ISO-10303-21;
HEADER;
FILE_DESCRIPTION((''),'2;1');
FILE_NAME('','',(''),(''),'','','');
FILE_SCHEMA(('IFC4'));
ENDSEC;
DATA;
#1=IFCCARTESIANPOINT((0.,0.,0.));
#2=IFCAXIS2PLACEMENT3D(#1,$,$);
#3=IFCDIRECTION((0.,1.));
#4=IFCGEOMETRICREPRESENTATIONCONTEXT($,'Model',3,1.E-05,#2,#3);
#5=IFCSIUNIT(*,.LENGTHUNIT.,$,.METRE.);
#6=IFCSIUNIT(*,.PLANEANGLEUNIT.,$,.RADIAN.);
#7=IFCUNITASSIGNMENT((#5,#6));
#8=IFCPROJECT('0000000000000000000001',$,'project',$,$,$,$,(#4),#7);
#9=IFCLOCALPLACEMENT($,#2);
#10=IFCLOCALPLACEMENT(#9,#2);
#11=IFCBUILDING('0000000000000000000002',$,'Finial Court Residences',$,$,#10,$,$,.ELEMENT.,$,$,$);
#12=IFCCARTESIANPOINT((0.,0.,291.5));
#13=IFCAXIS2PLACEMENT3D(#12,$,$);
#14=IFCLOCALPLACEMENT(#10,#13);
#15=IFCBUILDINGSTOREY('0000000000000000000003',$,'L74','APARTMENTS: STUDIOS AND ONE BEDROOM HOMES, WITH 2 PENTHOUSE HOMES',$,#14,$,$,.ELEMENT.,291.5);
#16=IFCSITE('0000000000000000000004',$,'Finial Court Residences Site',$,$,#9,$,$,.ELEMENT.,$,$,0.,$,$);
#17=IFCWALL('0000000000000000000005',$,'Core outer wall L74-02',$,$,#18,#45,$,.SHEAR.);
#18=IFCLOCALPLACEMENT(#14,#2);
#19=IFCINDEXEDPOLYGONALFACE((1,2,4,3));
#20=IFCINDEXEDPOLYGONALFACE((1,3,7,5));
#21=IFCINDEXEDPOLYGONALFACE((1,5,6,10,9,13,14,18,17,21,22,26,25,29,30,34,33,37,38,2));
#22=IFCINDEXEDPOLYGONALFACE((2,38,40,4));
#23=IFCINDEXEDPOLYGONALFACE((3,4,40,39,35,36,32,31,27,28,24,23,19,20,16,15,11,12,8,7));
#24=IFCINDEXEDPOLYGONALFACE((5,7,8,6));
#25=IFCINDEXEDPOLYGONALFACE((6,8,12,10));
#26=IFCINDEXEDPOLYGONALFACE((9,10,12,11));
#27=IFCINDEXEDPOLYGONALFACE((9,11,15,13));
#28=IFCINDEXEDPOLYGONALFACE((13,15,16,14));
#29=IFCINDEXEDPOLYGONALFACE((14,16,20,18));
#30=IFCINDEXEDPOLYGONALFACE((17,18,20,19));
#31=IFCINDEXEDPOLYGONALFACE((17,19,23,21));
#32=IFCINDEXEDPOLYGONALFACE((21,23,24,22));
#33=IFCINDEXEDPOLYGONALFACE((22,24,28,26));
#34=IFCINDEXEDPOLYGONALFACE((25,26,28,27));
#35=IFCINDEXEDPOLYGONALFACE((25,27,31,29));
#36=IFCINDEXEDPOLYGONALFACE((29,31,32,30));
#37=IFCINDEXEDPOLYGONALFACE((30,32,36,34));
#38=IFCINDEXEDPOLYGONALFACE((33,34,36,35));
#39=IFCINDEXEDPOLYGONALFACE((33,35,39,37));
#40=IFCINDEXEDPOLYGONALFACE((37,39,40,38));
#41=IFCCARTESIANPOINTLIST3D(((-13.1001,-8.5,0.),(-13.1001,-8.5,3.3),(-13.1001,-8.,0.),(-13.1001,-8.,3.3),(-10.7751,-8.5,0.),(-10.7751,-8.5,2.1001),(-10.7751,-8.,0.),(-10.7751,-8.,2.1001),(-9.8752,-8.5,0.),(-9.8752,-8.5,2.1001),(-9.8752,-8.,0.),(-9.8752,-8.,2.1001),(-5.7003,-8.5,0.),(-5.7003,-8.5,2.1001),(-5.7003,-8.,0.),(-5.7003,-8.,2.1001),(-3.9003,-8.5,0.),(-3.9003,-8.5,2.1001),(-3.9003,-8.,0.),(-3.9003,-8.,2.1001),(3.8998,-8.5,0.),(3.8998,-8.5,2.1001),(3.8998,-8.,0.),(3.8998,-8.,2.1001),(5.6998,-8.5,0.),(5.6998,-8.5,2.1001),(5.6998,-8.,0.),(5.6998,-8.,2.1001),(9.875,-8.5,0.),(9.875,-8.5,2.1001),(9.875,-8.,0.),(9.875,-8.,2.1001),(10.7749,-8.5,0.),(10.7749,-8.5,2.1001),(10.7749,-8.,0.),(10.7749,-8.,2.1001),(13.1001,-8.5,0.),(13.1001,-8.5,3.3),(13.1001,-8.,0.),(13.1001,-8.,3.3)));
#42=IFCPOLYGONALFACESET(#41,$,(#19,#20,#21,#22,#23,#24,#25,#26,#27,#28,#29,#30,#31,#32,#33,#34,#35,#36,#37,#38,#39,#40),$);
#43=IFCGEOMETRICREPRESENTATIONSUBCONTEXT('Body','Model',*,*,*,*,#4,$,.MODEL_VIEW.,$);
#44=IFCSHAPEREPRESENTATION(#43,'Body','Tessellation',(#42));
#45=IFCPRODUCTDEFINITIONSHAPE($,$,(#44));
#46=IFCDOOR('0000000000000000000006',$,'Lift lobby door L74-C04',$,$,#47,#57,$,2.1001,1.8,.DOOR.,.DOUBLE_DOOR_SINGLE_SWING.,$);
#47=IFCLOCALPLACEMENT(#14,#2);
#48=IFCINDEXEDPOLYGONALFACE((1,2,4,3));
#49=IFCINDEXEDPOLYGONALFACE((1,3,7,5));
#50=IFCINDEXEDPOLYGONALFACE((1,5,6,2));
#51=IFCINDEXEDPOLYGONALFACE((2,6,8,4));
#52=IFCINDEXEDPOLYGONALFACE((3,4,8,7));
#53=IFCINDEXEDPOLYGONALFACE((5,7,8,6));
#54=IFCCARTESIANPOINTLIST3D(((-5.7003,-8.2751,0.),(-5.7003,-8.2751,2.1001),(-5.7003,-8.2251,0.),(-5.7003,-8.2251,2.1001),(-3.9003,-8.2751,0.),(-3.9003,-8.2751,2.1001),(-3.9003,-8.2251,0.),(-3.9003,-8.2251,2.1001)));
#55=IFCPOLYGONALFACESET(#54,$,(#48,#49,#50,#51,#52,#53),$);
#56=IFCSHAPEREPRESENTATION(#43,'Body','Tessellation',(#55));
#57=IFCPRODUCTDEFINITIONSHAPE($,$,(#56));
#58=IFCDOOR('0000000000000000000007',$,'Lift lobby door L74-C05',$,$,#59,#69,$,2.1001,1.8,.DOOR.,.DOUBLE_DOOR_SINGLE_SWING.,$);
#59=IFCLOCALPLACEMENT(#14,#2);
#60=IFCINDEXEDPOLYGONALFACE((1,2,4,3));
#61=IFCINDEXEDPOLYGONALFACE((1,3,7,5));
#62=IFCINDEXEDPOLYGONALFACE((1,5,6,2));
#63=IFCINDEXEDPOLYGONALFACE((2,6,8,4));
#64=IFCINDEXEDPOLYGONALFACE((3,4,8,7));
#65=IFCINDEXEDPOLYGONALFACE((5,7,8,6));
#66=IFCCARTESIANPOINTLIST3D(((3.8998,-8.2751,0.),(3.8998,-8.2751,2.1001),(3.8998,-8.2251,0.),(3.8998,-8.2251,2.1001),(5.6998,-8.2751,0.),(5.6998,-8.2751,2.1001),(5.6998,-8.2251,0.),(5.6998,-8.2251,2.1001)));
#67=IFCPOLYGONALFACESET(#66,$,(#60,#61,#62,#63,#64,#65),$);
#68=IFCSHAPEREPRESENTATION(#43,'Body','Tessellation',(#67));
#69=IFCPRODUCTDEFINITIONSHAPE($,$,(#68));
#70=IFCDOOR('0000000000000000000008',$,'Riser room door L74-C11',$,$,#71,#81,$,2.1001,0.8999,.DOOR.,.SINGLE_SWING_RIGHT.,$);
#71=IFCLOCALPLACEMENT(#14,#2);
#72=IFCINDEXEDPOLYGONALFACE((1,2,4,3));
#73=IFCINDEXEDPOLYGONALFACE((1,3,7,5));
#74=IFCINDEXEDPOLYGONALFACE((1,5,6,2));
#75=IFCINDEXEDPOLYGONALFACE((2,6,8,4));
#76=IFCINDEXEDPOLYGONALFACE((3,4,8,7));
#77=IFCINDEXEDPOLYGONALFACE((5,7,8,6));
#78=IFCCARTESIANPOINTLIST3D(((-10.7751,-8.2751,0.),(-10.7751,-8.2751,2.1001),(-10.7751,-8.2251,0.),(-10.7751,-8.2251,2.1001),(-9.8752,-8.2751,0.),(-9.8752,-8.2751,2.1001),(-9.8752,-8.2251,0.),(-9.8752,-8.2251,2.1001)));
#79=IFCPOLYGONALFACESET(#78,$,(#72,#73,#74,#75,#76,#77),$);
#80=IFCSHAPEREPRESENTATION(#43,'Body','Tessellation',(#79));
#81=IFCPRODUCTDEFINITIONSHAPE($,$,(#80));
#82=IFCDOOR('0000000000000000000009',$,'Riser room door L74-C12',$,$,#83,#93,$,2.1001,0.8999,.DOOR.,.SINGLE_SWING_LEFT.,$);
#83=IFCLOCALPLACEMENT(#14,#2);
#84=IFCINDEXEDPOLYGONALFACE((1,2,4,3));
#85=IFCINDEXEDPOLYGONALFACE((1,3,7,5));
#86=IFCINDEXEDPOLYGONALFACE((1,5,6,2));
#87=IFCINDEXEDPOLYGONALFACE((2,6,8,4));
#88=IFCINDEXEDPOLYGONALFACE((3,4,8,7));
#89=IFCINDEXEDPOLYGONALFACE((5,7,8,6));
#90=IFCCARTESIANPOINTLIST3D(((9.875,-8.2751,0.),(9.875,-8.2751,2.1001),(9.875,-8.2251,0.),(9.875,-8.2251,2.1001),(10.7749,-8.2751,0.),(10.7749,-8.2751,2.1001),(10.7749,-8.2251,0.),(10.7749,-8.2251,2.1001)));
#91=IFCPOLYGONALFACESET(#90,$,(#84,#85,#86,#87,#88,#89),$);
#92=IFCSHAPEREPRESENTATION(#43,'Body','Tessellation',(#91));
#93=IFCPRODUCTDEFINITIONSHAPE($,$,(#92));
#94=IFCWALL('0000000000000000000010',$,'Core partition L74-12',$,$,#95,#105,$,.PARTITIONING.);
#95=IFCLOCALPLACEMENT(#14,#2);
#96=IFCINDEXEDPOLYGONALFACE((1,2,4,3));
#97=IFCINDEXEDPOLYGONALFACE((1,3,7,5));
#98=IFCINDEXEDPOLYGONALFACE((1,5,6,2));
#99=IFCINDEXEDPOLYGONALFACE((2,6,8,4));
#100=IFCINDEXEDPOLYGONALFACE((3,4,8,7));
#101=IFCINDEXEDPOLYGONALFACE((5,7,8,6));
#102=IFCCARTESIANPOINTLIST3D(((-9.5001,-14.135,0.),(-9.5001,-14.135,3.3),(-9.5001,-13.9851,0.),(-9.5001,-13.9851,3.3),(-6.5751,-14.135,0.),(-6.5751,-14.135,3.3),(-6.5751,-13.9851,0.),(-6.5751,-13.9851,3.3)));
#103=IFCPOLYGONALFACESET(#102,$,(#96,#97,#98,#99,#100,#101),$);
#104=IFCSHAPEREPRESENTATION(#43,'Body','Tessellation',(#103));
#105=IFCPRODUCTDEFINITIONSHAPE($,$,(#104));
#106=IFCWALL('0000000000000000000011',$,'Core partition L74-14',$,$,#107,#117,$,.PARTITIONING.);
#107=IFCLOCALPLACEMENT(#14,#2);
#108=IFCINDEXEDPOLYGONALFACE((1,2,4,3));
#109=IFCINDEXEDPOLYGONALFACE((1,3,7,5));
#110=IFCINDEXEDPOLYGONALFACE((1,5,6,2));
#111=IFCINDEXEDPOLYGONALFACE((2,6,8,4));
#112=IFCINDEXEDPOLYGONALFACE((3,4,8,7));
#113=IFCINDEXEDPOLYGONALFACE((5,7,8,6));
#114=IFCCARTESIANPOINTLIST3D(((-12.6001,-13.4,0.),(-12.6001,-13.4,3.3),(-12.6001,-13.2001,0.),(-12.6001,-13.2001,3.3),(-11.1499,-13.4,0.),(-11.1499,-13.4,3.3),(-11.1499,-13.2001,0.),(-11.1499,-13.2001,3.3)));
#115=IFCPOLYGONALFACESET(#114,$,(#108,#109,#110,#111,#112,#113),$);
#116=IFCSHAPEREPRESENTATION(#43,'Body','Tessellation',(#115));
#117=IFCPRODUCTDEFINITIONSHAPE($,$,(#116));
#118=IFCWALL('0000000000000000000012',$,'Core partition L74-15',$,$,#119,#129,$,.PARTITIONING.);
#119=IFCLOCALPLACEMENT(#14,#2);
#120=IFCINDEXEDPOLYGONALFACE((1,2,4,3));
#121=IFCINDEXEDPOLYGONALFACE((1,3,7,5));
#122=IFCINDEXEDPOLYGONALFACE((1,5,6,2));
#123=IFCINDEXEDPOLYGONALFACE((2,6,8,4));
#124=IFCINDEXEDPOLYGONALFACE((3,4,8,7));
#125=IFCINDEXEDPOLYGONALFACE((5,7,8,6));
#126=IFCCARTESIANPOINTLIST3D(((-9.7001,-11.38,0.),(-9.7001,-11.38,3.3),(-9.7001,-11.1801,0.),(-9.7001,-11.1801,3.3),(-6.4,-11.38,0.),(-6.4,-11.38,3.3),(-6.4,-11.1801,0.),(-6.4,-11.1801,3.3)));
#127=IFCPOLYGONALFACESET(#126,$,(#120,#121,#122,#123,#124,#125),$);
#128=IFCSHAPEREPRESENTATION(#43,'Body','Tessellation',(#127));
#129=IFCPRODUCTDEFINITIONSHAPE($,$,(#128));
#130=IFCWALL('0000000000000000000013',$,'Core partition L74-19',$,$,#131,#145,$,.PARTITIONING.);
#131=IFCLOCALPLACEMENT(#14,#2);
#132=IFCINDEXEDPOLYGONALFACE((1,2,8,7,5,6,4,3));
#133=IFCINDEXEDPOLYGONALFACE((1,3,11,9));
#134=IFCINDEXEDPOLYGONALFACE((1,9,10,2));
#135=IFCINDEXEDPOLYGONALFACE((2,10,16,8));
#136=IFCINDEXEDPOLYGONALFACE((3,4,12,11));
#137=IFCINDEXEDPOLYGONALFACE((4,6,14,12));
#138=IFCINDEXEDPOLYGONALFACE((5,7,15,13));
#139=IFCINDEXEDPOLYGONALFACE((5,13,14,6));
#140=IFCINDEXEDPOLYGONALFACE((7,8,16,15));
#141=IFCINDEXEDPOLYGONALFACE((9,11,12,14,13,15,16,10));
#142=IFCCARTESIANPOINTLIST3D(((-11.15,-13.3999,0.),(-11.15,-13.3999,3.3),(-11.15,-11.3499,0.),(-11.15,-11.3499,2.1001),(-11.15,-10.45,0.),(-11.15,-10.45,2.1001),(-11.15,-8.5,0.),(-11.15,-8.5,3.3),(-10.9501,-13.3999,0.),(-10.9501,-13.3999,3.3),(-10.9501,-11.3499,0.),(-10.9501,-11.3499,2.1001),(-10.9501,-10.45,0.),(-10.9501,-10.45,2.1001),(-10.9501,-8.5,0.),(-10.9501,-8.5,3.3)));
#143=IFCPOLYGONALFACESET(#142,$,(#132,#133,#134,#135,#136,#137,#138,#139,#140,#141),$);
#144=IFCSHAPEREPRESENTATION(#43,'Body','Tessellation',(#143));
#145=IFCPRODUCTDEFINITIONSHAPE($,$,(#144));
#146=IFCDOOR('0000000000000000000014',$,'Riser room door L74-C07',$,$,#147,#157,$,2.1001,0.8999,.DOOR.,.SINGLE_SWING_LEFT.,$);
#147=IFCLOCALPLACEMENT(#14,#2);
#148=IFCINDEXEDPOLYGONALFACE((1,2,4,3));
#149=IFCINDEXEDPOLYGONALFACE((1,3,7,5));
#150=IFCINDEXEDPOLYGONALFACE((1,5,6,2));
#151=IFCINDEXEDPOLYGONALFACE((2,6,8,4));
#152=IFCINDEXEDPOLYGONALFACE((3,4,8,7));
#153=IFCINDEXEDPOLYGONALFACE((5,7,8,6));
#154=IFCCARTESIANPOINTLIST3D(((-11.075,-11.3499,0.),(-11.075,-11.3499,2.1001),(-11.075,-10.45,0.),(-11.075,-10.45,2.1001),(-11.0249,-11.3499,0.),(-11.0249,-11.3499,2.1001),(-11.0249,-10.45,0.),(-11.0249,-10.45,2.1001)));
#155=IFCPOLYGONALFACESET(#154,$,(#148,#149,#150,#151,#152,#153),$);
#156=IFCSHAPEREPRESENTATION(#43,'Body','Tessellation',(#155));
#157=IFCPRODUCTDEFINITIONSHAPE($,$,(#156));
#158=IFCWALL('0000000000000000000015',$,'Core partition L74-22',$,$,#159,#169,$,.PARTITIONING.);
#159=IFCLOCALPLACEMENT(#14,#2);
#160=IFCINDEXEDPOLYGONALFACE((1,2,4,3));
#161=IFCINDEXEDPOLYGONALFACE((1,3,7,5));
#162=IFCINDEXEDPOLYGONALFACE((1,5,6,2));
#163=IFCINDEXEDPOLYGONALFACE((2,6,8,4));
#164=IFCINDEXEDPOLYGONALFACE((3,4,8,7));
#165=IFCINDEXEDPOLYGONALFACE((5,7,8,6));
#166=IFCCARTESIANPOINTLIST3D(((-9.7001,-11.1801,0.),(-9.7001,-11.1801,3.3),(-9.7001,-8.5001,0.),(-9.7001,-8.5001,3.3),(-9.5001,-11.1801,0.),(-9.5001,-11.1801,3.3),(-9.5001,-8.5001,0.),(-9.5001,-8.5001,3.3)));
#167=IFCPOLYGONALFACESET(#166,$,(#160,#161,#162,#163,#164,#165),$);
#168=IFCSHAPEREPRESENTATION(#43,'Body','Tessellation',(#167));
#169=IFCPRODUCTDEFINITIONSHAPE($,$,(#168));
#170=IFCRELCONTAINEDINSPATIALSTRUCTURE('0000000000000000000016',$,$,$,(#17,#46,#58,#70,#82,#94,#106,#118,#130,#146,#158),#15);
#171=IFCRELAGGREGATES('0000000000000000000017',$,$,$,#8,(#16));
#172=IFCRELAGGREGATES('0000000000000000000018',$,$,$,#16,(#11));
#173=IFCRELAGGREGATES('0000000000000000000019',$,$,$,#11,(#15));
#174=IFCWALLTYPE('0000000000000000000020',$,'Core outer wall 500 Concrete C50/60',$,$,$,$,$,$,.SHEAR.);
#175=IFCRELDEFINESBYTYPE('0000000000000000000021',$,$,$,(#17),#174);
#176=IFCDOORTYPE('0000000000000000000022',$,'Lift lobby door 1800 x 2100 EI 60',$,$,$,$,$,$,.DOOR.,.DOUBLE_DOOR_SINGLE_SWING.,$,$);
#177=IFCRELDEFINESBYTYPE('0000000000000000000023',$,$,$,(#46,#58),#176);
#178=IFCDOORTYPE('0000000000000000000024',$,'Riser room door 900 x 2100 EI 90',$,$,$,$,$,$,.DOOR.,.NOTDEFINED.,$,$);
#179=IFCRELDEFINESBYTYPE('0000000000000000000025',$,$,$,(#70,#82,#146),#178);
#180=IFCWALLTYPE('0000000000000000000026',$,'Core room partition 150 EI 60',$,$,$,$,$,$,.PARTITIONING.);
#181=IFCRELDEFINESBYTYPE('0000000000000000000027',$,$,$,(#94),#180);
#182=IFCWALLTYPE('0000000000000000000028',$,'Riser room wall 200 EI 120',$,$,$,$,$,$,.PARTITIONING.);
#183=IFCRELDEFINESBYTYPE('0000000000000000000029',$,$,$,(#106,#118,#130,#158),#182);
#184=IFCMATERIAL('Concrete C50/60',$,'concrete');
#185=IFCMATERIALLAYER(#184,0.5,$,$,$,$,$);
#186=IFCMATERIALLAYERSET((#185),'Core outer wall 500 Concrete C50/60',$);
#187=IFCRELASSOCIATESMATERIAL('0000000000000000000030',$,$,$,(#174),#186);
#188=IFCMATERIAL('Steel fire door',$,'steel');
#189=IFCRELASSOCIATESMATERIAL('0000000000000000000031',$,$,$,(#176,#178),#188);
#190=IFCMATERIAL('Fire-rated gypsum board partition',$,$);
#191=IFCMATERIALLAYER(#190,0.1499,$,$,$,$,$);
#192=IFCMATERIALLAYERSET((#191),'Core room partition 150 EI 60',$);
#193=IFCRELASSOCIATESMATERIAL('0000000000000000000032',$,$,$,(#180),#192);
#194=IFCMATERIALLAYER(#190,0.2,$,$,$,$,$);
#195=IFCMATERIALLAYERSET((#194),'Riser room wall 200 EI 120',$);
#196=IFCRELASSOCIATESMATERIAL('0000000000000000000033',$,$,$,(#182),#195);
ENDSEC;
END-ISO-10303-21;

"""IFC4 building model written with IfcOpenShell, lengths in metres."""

from ifc_helpers import new_model, si_unit, direction, frame, frame_2d, origin, place, context, subcontext, project, spatial, rectangle, extrude, material, layer, layer_set, type_object, element, fill, save


model = new_model("IFC4")

# Units and contexts
model_context = context("Model", 3, precision=1e-05, world=origin(), true_north=direction((0.0, 1.0)))
body_context = subcontext(model_context, "Body", "Model", "MODEL_VIEW")
ifc_project = project(units=[si_unit("LENGTHUNIT", "METRE"), si_unit("PLANEANGLEUNIT", "RADIAN")], contexts=[model_context])

# Site, building, storey
site_placement = place(None, origin())
site = spatial("IfcSite", under=ifc_project, at=site_placement, Name="Finial Court Residences Site", CompositionType="ELEMENT", RefElevation=0.0)
building_placement = place(site_placement, origin())
building = spatial("IfcBuilding", under=site, at=building_placement, Name="Finial Court Residences", CompositionType="ELEMENT")
storey_placement = place(building_placement, frame((0.0, 0.0, 291.5)))
storey = spatial("IfcBuildingStorey", under=building, at=storey_placement, Name="L74", Description="APARTMENTS: STUDIOS AND ONE BEDROOM HOMES, WITH 2 PENTHOUSE HOMES", CompositionType="ELEMENT", Elevation=291.5)

# Wall, openings, doors
ifc_material_1 = material(Name="Concrete C50/60", Category="concrete")
ifc_layer_1 = layer(ifc_material_1, 0.5)
ifc_layer_set_1 = layer_set([ifc_layer_1], Name="Core outer wall 500 Concrete C50/60")
wall_type_1 = type_object("IfcWallType", Name="Core outer wall 500 Concrete C50/60", PredefinedType="SHEAR", material=ifc_layer_set_1)
wall_1_placement = place(storey_placement, frame((-13.1001, -8.25, 0.0), z_axis=(0.0, 0.0, 1.0), x_axis=(1.0, 0.0, 0.0)))
wall_1 = element("IfcWall", 1, at=wall_1_placement, inside=storey, type_object=wall_type_1, Name="Core outer wall L74-02", PredefinedType="SHEAR", context=body_context, shape_type="SweptSolid", body=[
    extrude(rectangle(XDim=26.2002, YDim=0.5, at=frame_2d((13.1001, 0.0))), origin(), (0.0, 0.0, 1.0), 3.3),
])
opening_1_placement = place(wall_1_placement, frame((7.3999, 0.0, 0.0)))
opening_1 = element("IfcOpeningElement", 2, at=opening_1_placement, cuts=wall_1, PredefinedType="OPENING", context=body_context, shape_type="SweptSolid", body=[
    extrude(rectangle(XDim=1.8, YDim=2.1001, at=frame_2d((0.8999, 1.05))), frame((0.0, 0.26, 0.0), z_axis=(0.0, -1.0, 0.0), x_axis=(1.0, 0.0, 0.0)), (0.0, 0.0, 1.0), 0.52),
])
opening_2_placement = place(wall_1_placement, frame((17.0, 0.0, 0.0)))
opening_2 = element("IfcOpeningElement", 3, at=opening_2_placement, cuts=wall_1, PredefinedType="OPENING", context=body_context, shape_type="SweptSolid", body=[
    extrude(rectangle(XDim=1.8, YDim=2.1001, at=frame_2d((0.8999, 1.05))), frame((0.0, 0.26, 0.0), z_axis=(0.0, -1.0, 0.0), x_axis=(1.0, 0.0, 0.0)), (0.0, 0.0, 1.0), 0.52),
])
opening_3_placement = place(wall_1_placement, frame((2.325, 0.0, 0.0)))
opening_3 = element("IfcOpeningElement", 4, at=opening_3_placement, cuts=wall_1, PredefinedType="OPENING", context=body_context, shape_type="SweptSolid", body=[
    extrude(rectangle(XDim=0.8999, YDim=2.1001, at=frame_2d((0.45, 1.05))), frame((0.0, 0.26, 0.0), z_axis=(0.0, -1.0, 0.0), x_axis=(1.0, 0.0, 0.0)), (0.0, 0.0, 1.0), 0.52),
])
opening_4_placement = place(wall_1_placement, frame((22.9751, 0.0, 0.0)))
opening_4 = element("IfcOpeningElement", 5, at=opening_4_placement, cuts=wall_1, PredefinedType="OPENING", context=body_context, shape_type="SweptSolid", body=[
    extrude(rectangle(XDim=0.8999, YDim=2.1001, at=frame_2d((0.45, 1.05))), frame((0.0, 0.26, 0.0), z_axis=(0.0, -1.0, 0.0), x_axis=(1.0, 0.0, 0.0)), (0.0, 0.0, 1.0), 0.52),
])
ifc_material_2 = material(Name="Steel fire door", Category="steel")
door_type_1 = type_object("IfcDoorType", Name="Lift lobby door 1800 x 2100 EI 60", OperationType="DOUBLE_DOOR_SINGLE_SWING", PredefinedType="DOOR", material=ifc_material_2)
door_1_placement = place(opening_1_placement, origin())
door_1 = element("IfcDoor", 6, at=door_1_placement, inside=storey, type_object=door_type_1, Name="Lift lobby door L74-C04", OperationType="DOUBLE_DOOR_SINGLE_SWING", OverallHeight=2.1001, OverallWidth=1.8, PredefinedType="DOOR", context=body_context, shape_type="SweptSolid", body=[
    extrude(rectangle(XDim=1.8, YDim=2.1001, at=frame_2d((0.8999, 1.05))), frame((0.0, 0.0249, 0.0), z_axis=(0.0, -1.0, 0.0), x_axis=(1.0, 0.0, 0.0)), (0.0, 0.0, 1.0), 0.05),
])
fill(opening_1, door_1)
door_2_placement = place(opening_2_placement, origin())
door_2 = element("IfcDoor", 7, at=door_2_placement, inside=storey, type_object=door_type_1, Name="Lift lobby door L74-C05", OperationType="DOUBLE_DOOR_SINGLE_SWING", OverallHeight=2.1001, OverallWidth=1.8, PredefinedType="DOOR", context=body_context, shape_type="SweptSolid", body=[
    extrude(rectangle(XDim=1.8, YDim=2.1001, at=frame_2d((0.8999, 1.05))), frame((0.0, 0.0249, 0.0), z_axis=(0.0, -1.0, 0.0), x_axis=(1.0, 0.0, 0.0)), (0.0, 0.0, 1.0), 0.05),
])
fill(opening_2, door_2)
door_type_2 = type_object("IfcDoorType", Name="Riser room door 900 x 2100 EI 90", OperationType="NOTDEFINED", PredefinedType="DOOR", material=ifc_material_2)
door_3_placement = place(opening_3_placement, origin())
door_3 = element("IfcDoor", 8, at=door_3_placement, inside=storey, type_object=door_type_2, Name="Riser room door L74-C11", OperationType="SINGLE_SWING_RIGHT", OverallHeight=2.1001, OverallWidth=0.8999, PredefinedType="DOOR", context=body_context, shape_type="SweptSolid", body=[
    extrude(rectangle(XDim=0.8999, YDim=2.1001, at=frame_2d((0.45, 1.05))), frame((0.0, 0.0249, 0.0), z_axis=(0.0, -1.0, 0.0), x_axis=(1.0, 0.0, 0.0)), (0.0, 0.0, 1.0), 0.05),
])
fill(opening_3, door_3)
door_4_placement = place(opening_4_placement, origin())
door_4 = element("IfcDoor", 9, at=door_4_placement, inside=storey, type_object=door_type_2, Name="Riser room door L74-C12", OperationType="SINGLE_SWING_LEFT", OverallHeight=2.1001, OverallWidth=0.8999, PredefinedType="DOOR", context=body_context, shape_type="SweptSolid", body=[
    extrude(rectangle(XDim=0.8999, YDim=2.1001, at=frame_2d((0.45, 1.05))), frame((0.0, 0.0249, 0.0), z_axis=(0.0, -1.0, 0.0), x_axis=(1.0, 0.0, 0.0)), (0.0, 0.0, 1.0), 0.05),
])
fill(opening_4, door_4)

# Walls
ifc_material_3 = material(Name="Fire-rated gypsum board partition")
ifc_layer_2 = layer(ifc_material_3, 0.1499)
ifc_layer_set_2 = layer_set([ifc_layer_2], Name="Core room partition 150 EI 60")
wall_type_2 = type_object("IfcWallType", Name="Core room partition 150 EI 60", PredefinedType="PARTITIONING", material=ifc_layer_set_2)
wall_2_placement = place(storey_placement, frame((-9.5, -14.0601, 0.0), z_axis=(0.0, 0.0, 1.0), x_axis=(1.0, 0.0, 0.0)))
element("IfcWall", 10, at=wall_2_placement, inside=storey, type_object=wall_type_2, Name="Core partition L74-12", PredefinedType="PARTITIONING", context=body_context, shape_type="SweptSolid", body=[
    extrude(rectangle(XDim=2.925, YDim=0.1499, at=frame_2d((1.4624, 0.0))), origin(), (0.0, 0.0, 1.0), 3.3),
])
ifc_layer_3 = layer(ifc_material_3, 0.2)
ifc_layer_set_3 = layer_set([ifc_layer_3], Name="Riser room wall 200 EI 120")
wall_type_3 = type_object("IfcWallType", Name="Riser room wall 200 EI 120", PredefinedType="PARTITIONING", material=ifc_layer_set_3)
wall_3_placement = place(storey_placement, frame((-12.6001, -13.3, 0.0), z_axis=(0.0, 0.0, 1.0), x_axis=(1.0, 0.0, 0.0)))
element("IfcWall", 11, at=wall_3_placement, inside=storey, type_object=wall_type_3, Name="Core partition L74-14", PredefinedType="PARTITIONING", context=body_context, shape_type="SweptSolid", body=[
    extrude(rectangle(XDim=1.4502, YDim=0.2, at=frame_2d((0.7251, 0.0))), origin(), (0.0, 0.0, 1.0), 3.3),
])
wall_4_placement = place(storey_placement, frame((-9.7, -11.28, 0.0), z_axis=(0.0, 0.0, 1.0), x_axis=(1.0, 0.0, 0.0)))
element("IfcWall", 12, at=wall_4_placement, inside=storey, type_object=wall_type_3, Name="Core partition L74-15", PredefinedType="PARTITIONING", context=body_context, shape_type="SweptSolid", body=[
    extrude(rectangle(XDim=3.3, YDim=0.2, at=frame_2d((1.6499, 0.0))), origin(), (0.0, 0.0, 1.0), 3.3),
])

# Wall, opening, door
wall_5_placement = place(storey_placement, frame((-11.05, -13.3999, 0.0), z_axis=(0.0, 0.0, 1.0), x_axis=(0.0, 1.0, 0.0)))
wall_5 = element("IfcWall", 13, at=wall_5_placement, inside=storey, type_object=wall_type_3, Name="Core partition L74-19", PredefinedType="PARTITIONING", context=body_context, shape_type="SweptSolid", body=[
    extrude(rectangle(XDim=4.8999, YDim=0.2, at=frame_2d((2.45, 0.0))), origin(), (0.0, 0.0, 1.0), 3.3),
])
opening_5_placement = place(wall_5_placement, frame((2.05, 0.0, 0.0)))
opening_5 = element("IfcOpeningElement", 14, at=opening_5_placement, cuts=wall_5, PredefinedType="OPENING", context=body_context, shape_type="SweptSolid", body=[
    extrude(rectangle(XDim=0.8999, YDim=2.1001, at=frame_2d((0.45, 1.05))), frame((0.0, 0.1099, 0.0), z_axis=(0.0, -1.0, 0.0), x_axis=(1.0, 0.0, 0.0)), (0.0, 0.0, 1.0), 0.22),
])
door_5_placement = place(opening_5_placement, origin())
door_5 = element("IfcDoor", 15, at=door_5_placement, inside=storey, type_object=door_type_2, Name="Riser room door L74-C07", OperationType="SINGLE_SWING_LEFT", OverallHeight=2.1001, OverallWidth=0.8999, PredefinedType="DOOR", context=body_context, shape_type="SweptSolid", body=[
    extrude(rectangle(XDim=0.8999, YDim=2.1001, at=frame_2d((0.45, 1.05))), frame((0.0, 0.0249, 0.0), z_axis=(0.0, -1.0, 0.0), x_axis=(1.0, 0.0, 0.0)), (0.0, 0.0, 1.0), 0.05),
])
fill(opening_5, door_5)

# Wall
wall_6_placement = place(storey_placement, frame((-9.6001, -11.1799, 0.0), z_axis=(0.0, 0.0, 1.0), x_axis=(0.0, 1.0, 0.0)))
element("IfcWall", 16, at=wall_6_placement, inside=storey, type_object=wall_type_3, Name="Core partition L74-22", PredefinedType="PARTITIONING", context=body_context, shape_type="SweptSolid", body=[
    extrude(rectangle(XDim=2.6799, YDim=0.2, at=frame_2d((1.3398, 0.0))), origin(), (0.0, 0.0, 1.0), 3.3),
])

save(model, "model.ifc")
